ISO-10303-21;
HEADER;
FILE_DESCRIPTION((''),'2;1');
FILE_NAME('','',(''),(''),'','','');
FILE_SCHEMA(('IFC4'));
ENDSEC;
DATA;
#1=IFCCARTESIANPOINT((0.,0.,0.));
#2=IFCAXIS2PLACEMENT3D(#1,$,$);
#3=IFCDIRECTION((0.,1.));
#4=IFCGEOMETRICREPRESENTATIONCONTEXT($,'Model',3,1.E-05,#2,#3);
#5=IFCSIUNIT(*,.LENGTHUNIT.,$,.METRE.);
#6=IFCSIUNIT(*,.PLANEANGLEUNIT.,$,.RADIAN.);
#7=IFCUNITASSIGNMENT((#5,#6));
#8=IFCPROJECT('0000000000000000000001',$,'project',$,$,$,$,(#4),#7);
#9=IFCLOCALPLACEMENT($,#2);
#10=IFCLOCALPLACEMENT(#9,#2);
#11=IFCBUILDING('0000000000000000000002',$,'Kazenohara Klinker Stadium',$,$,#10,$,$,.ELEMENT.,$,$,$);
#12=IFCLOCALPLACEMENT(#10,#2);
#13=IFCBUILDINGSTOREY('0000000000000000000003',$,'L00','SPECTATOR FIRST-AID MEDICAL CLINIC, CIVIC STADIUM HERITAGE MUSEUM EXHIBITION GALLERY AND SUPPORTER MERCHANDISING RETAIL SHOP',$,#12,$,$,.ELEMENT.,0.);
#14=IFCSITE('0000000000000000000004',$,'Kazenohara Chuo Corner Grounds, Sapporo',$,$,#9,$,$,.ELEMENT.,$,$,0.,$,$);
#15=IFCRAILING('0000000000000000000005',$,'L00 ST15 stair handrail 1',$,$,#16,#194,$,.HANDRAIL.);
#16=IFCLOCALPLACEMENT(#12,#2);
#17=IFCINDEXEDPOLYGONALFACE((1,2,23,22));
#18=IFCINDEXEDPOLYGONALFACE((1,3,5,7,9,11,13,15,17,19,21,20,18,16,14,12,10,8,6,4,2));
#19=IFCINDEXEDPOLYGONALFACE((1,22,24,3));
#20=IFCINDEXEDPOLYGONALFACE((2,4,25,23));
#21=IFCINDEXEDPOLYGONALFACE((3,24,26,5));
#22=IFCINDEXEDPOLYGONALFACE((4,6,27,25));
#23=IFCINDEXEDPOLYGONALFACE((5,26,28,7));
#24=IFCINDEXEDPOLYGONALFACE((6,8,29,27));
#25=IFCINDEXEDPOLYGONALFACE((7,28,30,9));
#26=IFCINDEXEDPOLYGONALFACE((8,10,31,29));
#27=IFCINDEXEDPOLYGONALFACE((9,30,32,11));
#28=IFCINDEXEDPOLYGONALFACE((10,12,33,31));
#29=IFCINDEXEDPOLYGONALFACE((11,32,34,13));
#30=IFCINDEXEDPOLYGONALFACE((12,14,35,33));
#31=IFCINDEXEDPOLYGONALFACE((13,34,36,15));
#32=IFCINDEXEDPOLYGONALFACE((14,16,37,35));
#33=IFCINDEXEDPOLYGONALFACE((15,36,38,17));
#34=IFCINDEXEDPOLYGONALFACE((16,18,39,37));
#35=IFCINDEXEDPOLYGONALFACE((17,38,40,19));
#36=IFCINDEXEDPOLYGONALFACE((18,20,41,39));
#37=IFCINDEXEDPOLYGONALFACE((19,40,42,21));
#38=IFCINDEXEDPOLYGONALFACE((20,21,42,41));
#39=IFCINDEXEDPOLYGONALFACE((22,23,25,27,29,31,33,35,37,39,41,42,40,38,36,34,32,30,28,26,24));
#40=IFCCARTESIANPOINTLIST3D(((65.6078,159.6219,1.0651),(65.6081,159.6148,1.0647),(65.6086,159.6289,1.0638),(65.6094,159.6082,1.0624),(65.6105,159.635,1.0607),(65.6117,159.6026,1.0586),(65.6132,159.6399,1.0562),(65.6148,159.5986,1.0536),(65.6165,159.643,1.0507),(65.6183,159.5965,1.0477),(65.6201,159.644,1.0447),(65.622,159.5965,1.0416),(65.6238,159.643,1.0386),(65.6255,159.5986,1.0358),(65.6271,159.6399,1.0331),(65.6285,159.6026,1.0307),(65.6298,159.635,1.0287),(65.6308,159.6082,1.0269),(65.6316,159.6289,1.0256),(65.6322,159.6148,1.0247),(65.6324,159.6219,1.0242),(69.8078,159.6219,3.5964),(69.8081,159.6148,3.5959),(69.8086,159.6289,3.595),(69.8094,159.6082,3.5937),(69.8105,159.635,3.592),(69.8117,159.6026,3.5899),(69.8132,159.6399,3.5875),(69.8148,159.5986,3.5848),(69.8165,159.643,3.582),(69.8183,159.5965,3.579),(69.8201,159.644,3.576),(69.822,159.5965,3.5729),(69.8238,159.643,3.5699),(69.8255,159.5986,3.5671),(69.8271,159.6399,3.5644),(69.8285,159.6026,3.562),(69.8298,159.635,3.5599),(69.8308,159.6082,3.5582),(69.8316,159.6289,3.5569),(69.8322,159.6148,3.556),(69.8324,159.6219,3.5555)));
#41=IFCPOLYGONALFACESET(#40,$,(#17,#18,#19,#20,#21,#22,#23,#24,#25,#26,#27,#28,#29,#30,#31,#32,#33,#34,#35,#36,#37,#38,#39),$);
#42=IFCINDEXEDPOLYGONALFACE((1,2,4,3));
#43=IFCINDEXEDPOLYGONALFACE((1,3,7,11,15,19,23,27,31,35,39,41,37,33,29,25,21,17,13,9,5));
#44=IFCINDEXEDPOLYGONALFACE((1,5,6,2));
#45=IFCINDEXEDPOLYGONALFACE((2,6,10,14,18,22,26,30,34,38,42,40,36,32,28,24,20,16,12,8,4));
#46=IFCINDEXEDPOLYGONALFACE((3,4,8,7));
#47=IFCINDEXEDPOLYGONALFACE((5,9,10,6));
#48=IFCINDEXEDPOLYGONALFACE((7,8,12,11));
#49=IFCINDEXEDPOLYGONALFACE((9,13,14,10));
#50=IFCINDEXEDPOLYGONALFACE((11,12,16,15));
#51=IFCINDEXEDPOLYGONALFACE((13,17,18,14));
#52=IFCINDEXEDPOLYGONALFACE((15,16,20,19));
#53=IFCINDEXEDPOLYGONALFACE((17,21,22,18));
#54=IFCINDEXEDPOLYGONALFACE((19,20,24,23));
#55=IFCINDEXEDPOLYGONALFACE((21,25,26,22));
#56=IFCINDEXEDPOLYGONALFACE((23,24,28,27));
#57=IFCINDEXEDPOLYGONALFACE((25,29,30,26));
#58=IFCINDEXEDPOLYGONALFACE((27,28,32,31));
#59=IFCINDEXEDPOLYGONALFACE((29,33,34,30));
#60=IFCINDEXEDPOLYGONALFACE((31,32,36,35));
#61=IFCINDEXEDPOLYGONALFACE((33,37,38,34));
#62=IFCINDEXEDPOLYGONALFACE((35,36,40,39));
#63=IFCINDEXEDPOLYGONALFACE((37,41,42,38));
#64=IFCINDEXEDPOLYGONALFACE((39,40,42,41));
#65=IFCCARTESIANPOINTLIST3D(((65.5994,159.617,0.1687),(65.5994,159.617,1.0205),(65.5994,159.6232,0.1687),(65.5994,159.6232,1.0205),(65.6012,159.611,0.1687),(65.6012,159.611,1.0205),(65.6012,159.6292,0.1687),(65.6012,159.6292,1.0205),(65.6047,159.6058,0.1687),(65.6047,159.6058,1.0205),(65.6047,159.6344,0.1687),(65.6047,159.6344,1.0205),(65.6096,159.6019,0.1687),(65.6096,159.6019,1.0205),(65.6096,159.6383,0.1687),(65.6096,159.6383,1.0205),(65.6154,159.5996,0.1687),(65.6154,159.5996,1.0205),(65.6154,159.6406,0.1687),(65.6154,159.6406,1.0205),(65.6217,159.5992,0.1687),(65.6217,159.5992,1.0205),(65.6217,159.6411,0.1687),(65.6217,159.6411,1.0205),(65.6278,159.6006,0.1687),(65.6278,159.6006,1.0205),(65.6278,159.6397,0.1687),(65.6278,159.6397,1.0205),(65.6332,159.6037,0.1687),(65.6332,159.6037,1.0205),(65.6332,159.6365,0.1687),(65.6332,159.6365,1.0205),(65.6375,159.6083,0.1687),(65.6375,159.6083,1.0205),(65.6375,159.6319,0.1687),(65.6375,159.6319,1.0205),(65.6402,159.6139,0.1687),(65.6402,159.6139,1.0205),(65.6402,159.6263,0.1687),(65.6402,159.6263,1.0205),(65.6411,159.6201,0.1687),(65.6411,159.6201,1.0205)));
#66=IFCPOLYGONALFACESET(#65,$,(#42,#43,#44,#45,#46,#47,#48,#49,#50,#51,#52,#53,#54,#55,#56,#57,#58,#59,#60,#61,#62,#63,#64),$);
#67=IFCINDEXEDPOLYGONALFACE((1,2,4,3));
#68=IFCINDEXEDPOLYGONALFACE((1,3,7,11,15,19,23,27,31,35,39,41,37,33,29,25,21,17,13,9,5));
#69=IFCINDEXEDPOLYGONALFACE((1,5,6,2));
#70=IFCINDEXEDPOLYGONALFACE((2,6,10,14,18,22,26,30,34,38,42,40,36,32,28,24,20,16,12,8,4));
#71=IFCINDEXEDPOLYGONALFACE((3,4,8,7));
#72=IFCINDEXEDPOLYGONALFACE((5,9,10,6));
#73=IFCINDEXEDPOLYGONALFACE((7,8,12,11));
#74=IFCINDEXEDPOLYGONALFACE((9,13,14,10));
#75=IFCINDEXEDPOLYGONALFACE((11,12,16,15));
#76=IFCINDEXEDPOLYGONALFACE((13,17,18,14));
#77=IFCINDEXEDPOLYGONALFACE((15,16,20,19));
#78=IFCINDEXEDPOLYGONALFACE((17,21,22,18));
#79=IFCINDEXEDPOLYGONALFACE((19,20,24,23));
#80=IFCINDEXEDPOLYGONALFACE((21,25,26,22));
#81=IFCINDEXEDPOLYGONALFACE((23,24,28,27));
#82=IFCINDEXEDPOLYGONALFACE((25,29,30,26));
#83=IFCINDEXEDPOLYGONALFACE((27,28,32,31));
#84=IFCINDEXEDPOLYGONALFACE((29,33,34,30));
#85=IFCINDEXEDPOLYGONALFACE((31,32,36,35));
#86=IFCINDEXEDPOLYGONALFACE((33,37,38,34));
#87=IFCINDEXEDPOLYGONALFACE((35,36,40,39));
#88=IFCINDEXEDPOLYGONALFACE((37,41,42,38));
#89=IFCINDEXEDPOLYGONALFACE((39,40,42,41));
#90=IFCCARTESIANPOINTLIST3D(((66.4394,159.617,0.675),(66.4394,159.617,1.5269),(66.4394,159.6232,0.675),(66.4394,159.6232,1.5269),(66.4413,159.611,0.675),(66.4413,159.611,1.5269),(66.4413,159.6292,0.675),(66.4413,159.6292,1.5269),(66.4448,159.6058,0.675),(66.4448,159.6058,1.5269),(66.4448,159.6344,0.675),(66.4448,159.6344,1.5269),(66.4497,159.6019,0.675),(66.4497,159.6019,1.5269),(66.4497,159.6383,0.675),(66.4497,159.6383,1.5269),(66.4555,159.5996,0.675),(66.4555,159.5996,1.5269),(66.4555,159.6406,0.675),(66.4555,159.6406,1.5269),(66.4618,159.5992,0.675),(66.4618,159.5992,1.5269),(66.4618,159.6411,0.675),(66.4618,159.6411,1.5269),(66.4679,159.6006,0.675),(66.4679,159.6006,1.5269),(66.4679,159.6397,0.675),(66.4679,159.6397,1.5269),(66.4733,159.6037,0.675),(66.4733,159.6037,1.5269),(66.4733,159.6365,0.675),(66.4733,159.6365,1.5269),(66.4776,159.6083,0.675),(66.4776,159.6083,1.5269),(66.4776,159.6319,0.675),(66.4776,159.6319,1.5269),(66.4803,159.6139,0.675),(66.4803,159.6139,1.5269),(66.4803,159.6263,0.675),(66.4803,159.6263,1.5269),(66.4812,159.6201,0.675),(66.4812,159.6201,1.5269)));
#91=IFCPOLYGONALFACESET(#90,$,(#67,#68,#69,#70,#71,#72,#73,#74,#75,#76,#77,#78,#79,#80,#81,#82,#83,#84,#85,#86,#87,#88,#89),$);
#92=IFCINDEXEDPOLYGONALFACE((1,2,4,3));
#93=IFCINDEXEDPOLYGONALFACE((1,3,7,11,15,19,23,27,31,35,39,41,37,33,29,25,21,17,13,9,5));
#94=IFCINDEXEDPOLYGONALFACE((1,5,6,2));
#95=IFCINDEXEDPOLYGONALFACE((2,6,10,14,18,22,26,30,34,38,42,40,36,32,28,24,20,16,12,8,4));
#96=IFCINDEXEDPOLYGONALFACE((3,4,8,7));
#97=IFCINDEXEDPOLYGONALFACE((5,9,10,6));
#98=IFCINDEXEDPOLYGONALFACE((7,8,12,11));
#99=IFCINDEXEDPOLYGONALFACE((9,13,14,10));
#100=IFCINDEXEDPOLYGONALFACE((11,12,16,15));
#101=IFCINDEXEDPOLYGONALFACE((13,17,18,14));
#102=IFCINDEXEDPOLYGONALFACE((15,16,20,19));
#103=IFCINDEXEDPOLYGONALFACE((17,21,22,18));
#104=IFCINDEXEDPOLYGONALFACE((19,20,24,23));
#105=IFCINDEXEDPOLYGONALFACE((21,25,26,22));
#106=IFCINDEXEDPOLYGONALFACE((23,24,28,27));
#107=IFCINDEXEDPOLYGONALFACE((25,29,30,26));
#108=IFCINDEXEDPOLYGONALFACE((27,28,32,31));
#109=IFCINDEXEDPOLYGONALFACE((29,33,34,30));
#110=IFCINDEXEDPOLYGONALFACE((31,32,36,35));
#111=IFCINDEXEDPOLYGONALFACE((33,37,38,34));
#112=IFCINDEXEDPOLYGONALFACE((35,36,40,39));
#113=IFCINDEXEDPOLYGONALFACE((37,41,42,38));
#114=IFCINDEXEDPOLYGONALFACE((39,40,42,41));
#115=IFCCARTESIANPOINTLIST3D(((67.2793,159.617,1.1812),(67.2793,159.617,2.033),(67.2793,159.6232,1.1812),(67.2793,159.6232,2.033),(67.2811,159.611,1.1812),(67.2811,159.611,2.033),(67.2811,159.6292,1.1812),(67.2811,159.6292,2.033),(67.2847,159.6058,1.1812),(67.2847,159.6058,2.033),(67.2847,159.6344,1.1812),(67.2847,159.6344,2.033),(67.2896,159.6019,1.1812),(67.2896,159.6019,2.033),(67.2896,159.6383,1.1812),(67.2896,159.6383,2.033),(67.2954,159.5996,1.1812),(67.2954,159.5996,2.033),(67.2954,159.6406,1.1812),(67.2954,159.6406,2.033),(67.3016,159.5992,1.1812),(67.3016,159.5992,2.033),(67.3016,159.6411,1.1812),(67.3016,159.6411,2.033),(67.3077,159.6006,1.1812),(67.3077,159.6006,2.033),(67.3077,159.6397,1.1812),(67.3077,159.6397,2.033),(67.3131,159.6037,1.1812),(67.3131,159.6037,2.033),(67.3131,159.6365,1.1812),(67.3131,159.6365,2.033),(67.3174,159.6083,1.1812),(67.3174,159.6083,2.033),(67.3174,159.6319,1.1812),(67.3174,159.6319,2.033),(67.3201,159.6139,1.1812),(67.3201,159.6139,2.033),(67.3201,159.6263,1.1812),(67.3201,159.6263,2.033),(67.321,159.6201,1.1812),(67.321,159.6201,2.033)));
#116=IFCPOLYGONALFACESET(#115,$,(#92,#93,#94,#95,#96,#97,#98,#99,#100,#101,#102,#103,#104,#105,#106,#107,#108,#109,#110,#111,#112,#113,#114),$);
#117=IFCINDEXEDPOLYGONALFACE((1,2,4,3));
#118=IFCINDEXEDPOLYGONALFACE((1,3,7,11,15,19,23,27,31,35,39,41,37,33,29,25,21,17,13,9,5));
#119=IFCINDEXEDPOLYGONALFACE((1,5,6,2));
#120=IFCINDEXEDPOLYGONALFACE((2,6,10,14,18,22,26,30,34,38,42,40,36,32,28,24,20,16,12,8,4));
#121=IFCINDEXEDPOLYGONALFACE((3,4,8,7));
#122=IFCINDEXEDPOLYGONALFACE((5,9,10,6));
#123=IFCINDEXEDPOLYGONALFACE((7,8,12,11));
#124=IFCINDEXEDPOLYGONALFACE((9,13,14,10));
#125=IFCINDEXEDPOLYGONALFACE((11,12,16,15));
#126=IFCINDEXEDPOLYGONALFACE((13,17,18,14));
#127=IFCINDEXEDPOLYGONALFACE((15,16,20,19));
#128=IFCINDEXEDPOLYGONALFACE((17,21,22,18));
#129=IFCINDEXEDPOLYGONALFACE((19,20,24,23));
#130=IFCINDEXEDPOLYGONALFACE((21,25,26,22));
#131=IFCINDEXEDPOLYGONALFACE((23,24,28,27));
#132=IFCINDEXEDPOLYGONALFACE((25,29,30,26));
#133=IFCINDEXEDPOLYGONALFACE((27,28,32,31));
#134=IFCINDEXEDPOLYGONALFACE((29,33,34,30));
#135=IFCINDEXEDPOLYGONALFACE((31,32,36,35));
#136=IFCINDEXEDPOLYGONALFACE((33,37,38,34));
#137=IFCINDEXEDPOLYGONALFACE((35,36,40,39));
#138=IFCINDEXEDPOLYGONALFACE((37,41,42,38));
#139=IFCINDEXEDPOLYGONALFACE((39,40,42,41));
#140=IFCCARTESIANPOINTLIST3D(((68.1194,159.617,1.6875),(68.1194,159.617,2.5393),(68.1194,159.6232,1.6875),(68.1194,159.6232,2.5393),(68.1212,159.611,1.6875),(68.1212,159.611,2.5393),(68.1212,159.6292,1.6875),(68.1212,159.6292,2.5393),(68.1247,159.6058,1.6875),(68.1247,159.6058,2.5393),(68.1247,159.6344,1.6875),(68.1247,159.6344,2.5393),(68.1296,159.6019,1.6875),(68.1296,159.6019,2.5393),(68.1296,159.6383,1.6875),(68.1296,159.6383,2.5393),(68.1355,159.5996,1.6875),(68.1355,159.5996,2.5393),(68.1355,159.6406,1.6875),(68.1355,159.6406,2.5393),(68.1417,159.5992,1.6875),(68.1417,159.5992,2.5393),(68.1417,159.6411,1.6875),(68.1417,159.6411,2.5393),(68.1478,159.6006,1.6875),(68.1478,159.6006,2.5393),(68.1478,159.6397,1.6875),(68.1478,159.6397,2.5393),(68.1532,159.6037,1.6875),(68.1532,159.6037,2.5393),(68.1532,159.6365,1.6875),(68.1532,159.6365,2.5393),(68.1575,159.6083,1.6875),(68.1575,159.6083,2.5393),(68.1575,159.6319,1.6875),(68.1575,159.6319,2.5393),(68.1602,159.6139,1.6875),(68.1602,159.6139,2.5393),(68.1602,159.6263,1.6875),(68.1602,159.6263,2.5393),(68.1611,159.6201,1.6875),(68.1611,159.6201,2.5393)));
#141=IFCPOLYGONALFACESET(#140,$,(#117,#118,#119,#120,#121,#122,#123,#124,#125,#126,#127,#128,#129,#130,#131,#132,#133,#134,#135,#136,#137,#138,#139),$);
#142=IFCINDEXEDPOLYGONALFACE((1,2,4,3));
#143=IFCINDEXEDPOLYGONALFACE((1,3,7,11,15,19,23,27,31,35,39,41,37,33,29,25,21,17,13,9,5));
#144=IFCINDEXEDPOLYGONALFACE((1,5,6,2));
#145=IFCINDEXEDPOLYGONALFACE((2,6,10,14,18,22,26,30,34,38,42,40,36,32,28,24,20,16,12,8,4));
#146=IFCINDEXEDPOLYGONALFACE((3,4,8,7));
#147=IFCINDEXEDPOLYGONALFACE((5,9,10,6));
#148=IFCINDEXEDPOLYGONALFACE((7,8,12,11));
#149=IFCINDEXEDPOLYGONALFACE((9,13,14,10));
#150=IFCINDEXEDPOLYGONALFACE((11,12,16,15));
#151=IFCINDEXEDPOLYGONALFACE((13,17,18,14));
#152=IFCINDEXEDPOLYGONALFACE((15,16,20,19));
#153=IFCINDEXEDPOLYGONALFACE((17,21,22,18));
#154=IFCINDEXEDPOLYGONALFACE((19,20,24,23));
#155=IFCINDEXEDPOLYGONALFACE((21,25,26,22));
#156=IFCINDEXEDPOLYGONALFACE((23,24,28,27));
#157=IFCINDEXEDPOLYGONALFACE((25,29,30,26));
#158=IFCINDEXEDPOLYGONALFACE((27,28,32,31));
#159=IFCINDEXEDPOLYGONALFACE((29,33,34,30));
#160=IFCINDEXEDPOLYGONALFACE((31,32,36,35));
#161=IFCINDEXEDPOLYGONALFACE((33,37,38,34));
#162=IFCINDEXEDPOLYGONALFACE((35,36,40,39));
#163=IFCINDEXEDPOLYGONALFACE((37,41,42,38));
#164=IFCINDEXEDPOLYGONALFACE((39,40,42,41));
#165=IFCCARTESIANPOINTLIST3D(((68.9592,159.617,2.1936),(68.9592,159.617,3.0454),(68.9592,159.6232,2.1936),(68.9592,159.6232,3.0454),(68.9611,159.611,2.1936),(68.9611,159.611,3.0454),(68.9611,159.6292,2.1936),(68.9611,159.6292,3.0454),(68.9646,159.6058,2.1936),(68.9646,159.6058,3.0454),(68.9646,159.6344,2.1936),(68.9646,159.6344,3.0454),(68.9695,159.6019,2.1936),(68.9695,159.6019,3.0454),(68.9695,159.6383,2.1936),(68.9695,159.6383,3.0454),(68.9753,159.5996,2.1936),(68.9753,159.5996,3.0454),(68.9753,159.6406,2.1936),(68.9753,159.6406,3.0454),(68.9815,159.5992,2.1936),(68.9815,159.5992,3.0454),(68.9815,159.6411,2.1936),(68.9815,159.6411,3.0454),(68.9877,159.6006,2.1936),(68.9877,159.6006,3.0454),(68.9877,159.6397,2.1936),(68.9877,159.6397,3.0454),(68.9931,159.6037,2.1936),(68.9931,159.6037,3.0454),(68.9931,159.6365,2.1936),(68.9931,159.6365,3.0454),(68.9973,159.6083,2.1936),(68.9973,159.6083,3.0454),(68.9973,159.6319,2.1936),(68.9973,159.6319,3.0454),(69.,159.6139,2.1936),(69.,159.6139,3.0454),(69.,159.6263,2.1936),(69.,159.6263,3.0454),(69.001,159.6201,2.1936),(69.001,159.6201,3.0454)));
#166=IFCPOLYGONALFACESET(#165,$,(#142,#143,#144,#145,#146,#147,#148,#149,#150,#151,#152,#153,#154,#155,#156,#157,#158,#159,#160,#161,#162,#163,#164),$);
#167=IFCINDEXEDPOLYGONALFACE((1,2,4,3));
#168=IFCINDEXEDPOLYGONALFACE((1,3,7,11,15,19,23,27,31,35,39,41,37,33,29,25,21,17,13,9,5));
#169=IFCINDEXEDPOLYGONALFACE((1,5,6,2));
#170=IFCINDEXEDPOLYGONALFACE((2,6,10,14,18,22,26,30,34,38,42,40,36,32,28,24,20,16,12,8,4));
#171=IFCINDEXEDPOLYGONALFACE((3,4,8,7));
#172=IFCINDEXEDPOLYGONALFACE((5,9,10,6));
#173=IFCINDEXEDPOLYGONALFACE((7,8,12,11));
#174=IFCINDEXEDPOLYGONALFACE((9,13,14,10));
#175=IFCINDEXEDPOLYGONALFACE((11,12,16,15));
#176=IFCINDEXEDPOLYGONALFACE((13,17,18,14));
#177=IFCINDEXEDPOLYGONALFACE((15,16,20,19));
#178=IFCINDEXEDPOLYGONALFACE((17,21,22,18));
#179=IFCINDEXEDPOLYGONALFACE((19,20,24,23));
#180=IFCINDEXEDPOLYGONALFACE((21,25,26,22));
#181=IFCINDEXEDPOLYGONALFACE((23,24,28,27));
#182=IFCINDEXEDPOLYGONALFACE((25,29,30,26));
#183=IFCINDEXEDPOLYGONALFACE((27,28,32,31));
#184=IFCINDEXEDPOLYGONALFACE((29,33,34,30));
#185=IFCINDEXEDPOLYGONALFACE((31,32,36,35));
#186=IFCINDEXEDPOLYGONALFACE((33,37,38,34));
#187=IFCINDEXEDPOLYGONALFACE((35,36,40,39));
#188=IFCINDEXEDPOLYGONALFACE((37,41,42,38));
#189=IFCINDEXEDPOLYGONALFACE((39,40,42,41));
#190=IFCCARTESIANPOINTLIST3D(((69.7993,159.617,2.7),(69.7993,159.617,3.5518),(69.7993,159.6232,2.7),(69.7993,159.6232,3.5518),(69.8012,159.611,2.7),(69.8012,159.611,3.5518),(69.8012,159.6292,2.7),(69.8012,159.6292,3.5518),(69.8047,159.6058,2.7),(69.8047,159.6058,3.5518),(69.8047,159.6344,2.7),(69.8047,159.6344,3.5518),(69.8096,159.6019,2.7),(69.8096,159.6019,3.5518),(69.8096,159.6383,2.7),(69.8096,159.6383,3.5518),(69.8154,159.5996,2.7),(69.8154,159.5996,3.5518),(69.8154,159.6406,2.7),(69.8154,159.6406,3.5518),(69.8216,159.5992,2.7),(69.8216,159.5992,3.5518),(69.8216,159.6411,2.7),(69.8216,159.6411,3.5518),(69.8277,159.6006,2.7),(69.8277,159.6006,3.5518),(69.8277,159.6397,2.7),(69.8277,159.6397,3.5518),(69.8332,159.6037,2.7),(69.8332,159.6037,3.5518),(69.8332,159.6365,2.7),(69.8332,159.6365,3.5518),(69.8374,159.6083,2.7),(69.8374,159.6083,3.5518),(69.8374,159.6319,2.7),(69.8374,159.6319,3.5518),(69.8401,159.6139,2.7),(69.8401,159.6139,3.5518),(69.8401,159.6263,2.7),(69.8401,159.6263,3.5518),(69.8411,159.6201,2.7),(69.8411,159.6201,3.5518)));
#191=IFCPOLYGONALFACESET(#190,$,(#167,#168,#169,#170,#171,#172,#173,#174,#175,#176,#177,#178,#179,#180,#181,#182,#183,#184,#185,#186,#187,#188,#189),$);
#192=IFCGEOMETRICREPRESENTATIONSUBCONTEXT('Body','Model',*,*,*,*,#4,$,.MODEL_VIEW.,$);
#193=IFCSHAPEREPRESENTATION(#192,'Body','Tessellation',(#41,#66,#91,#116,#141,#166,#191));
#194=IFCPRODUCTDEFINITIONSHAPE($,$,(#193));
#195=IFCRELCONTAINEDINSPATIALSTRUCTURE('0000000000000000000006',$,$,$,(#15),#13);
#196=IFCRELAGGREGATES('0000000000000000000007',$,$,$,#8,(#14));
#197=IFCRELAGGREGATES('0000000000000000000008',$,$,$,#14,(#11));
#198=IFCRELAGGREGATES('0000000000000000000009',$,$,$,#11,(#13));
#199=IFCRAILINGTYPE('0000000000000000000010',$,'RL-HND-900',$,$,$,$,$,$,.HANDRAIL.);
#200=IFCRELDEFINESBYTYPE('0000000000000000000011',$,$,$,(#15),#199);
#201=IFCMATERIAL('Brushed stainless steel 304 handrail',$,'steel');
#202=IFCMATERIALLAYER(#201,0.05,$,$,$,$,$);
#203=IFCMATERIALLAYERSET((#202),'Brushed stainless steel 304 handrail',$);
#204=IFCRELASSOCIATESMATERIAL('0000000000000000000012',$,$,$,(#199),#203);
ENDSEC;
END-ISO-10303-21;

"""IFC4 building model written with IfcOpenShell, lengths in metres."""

from ifc_helpers import new_model, si_unit, direction, frame, origin, origin_2d, place, context, subcontext, project, spatial, circle, extrude, material, layer, layer_set, type_object, element, save


model = new_model("IFC4")

# Units and contexts
model_context = context("Model", 3, precision=1e-05, world=origin(), true_north=direction((0.0, 1.0)))
body_context = subcontext(model_context, "Body", "Model", "MODEL_VIEW")
ifc_project = project(units=[si_unit("LENGTHUNIT", "METRE"), si_unit("PLANEANGLEUNIT", "RADIAN")], contexts=[model_context])

# Site, building, storey
site_placement = place(None, origin())
site = spatial("IfcSite", under=ifc_project, at=site_placement, Name="Kazenohara Chuo Corner Grounds, Sapporo", CompositionType="ELEMENT", RefElevation=0.0)
building_placement = place(site_placement, origin())
building = spatial("IfcBuilding", under=site, at=building_placement, Name="Kazenohara Klinker Stadium", CompositionType="ELEMENT")
storey_placement = place(building_placement, origin())
storey = spatial("IfcBuildingStorey", under=building, at=storey_placement, Name="L00", Description="SPECTATOR FIRST-AID MEDICAL CLINIC, CIVIC STADIUM HERITAGE MUSEUM EXHIBITION GALLERY AND SUPPORTER MERCHANDISING RETAIL SHOP", CompositionType="ELEMENT", Elevation=0.0)

# Railing
ifc_material_1 = material(Name="Brushed stainless steel 304 handrail", Category="steel")
ifc_layer_1 = layer(ifc_material_1, 0.05)
ifc_layer_set_1 = layer_set([ifc_layer_1], Name="Brushed stainless steel 304 handrail")
railing_type_1 = type_object("IfcRailingType", Name="RL-HND-900", PredefinedType="HANDRAIL", material=ifc_layer_set_1)
railing_1_placement = place(storey_placement, frame((65.6201, 159.6201, 0.1687)))
element("IfcRailing", 1, at=railing_1_placement, inside=storey, type_object=railing_type_1, Name="L00 ST15 stair handrail 1", PredefinedType="HANDRAIL", context=body_context, shape_type="SweptSolid", body=[
    extrude(circle(Radius=0.0239, at=origin_2d()), frame((0.0, 0.0, 0.876), z_axis=(0.856476, 0.0, 0.516186), x_axis=(0.0, 1.0, 0.0)), (0.0, 0.0, 1.0), 4.9038),
    extrude(circle(Radius=0.021, at=origin_2d()), origin(), (0.0, 0.0, 1.0), 0.8518),
    extrude(circle(Radius=0.021, at=origin_2d()), frame((0.8401, 0.0, 0.5063)), (0.0, 0.0, 1.0), 0.8518),
    extrude(circle(Radius=0.021, at=origin_2d()), frame((1.6799, 0.0, 1.0125)), (0.0, 0.0, 1.0), 0.8518),
    extrude(circle(Radius=0.021, at=origin_2d()), frame((2.52, 0.0, 1.5188)), (0.0, 0.0, 1.0), 0.8518),
    extrude(circle(Radius=0.021, at=origin_2d()), frame((3.3599, 0.0, 2.0249)), (0.0, 0.0, 1.0), 0.8518),
    extrude(circle(Radius=0.021, at=origin_2d()), frame((4.2, 0.0, 2.5312)), (0.0, 0.0, 1.0), 0.8518),
])

save(model, "model.ifc")
